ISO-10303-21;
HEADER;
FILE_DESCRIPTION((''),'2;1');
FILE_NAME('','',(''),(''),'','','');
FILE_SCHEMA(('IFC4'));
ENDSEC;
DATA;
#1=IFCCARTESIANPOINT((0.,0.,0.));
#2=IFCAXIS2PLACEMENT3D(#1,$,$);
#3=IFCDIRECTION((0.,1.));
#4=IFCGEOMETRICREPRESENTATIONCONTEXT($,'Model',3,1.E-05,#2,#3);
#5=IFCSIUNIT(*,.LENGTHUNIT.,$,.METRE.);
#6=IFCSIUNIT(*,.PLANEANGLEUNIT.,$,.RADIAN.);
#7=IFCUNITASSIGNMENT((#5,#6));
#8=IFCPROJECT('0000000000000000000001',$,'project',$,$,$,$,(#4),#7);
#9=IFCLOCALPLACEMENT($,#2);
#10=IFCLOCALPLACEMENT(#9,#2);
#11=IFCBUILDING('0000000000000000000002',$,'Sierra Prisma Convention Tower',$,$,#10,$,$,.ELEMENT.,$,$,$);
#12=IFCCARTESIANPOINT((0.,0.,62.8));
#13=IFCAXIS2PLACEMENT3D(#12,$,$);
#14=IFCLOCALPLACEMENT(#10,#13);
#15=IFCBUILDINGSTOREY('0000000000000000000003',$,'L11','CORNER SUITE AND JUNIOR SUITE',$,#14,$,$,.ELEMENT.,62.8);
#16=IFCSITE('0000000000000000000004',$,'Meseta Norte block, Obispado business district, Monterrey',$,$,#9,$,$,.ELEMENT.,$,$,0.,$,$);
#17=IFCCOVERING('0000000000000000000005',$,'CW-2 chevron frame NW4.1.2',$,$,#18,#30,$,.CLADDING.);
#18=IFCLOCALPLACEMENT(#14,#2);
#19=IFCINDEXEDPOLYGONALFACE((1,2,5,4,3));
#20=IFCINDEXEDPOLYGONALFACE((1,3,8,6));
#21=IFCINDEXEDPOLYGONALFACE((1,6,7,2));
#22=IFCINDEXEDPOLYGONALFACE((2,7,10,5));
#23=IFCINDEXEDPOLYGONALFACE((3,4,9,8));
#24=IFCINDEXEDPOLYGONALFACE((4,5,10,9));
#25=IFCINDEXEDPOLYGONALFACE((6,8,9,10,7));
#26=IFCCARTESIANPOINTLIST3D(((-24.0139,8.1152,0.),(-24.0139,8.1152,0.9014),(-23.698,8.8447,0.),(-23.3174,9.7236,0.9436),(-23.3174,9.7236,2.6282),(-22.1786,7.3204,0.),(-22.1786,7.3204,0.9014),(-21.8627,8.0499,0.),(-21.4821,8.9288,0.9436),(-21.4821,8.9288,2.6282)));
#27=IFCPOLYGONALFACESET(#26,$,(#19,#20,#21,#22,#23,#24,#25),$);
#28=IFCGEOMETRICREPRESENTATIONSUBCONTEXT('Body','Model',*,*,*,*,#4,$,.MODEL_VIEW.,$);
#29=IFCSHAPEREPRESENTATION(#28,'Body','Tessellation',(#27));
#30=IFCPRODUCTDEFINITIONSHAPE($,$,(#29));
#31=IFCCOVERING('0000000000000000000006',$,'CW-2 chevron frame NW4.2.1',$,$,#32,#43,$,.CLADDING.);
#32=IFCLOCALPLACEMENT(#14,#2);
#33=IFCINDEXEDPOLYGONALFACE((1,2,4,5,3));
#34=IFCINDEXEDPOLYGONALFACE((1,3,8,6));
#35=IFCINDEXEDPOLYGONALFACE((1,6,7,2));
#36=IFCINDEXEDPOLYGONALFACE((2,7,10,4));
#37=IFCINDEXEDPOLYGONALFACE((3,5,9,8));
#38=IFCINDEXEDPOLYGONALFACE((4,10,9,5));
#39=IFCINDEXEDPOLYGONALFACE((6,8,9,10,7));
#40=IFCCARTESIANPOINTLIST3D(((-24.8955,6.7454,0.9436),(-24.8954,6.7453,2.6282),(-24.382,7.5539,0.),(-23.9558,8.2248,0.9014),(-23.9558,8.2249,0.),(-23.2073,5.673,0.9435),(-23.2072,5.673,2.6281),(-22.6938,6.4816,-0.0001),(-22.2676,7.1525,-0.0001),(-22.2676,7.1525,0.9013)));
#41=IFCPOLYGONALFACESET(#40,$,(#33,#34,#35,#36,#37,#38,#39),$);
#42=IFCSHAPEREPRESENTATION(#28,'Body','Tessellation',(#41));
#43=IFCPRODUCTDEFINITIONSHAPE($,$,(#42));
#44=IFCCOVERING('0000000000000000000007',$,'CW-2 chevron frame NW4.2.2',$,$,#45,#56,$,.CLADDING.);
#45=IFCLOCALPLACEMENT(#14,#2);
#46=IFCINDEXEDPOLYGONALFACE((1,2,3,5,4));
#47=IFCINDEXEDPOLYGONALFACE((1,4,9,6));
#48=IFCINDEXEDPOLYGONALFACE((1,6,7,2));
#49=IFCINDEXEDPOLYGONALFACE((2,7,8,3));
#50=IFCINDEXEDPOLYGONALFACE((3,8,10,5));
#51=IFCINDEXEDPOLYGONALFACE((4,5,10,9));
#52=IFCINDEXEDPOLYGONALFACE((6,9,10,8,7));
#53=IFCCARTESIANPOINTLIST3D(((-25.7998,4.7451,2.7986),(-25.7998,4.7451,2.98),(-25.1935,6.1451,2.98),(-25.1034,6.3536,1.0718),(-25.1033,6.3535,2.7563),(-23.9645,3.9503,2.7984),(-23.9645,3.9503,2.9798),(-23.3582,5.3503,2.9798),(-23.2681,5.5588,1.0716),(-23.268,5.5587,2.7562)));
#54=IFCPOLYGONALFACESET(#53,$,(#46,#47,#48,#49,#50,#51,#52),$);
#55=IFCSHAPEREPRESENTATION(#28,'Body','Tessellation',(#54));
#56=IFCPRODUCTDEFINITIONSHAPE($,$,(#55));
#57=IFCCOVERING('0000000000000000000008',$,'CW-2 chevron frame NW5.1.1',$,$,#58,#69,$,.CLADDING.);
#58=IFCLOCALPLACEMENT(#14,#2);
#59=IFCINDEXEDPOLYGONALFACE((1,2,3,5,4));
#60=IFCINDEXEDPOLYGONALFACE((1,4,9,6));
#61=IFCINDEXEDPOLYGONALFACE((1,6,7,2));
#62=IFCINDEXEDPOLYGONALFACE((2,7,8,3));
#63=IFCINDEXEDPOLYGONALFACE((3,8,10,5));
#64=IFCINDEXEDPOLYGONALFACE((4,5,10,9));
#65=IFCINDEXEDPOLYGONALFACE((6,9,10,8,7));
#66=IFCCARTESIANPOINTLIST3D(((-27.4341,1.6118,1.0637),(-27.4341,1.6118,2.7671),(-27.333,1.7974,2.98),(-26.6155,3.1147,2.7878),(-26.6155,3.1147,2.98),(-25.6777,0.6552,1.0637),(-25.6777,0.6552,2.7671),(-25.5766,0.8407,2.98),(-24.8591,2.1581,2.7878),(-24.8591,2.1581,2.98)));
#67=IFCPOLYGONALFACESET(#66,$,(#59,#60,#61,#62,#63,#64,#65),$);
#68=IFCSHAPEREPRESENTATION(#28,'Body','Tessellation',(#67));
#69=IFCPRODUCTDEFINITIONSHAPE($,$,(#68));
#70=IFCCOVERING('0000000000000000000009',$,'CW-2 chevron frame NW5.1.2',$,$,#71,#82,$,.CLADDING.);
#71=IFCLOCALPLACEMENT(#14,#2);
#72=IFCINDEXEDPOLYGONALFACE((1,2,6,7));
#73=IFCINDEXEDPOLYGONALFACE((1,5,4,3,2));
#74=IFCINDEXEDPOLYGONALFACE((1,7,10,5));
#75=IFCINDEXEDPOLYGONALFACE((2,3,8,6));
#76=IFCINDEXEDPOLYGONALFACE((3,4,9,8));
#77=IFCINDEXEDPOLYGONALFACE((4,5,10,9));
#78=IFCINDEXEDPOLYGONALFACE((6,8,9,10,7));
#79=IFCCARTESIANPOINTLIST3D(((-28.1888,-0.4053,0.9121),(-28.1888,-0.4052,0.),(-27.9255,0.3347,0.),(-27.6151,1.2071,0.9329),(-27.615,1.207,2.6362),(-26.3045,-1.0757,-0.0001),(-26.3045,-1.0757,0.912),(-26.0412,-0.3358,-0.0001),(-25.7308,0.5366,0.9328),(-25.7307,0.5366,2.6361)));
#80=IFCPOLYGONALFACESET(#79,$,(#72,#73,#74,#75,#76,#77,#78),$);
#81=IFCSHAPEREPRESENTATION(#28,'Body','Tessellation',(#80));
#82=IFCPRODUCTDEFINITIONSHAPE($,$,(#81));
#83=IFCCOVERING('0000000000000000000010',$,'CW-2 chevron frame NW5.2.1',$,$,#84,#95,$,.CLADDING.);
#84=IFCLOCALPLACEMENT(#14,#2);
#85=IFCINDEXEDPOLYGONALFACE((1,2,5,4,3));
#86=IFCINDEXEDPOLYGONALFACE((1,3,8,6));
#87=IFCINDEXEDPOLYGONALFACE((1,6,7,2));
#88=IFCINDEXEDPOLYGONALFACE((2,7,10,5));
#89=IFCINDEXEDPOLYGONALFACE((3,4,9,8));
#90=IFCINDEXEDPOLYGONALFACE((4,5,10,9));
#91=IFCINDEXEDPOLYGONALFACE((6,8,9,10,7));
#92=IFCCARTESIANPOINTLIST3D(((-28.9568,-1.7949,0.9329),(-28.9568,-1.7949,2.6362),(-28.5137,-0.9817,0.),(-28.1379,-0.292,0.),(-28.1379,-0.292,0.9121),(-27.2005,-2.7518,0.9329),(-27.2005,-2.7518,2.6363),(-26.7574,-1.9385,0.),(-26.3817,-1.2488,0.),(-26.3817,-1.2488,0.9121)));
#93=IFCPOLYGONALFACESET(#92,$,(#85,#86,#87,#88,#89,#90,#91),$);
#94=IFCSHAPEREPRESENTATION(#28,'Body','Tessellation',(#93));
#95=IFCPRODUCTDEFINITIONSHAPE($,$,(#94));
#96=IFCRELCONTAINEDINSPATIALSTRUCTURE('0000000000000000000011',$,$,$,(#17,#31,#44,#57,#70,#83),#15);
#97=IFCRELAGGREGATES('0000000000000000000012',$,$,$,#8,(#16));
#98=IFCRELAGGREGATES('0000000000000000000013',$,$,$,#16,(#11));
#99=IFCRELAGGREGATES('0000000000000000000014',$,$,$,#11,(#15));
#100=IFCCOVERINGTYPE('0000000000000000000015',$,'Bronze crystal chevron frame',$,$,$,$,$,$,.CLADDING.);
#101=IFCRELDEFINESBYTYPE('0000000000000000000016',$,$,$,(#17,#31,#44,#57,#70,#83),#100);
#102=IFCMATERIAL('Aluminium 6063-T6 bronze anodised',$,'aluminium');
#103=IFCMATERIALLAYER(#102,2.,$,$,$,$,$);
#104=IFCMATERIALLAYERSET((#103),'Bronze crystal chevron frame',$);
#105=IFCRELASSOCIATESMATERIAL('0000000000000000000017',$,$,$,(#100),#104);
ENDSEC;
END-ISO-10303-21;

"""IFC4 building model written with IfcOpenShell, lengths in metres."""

from ifc_helpers import new_model, si_unit, direction, frame, origin, place, context, subcontext, project, spatial, polyline, outline, extrude, material, layer, layer_set, type_object, element, save


model = new_model("IFC4")

# Units and contexts
model_context = context("Model", 3, precision=1e-05, world=origin(), true_north=direction((0.0, 1.0)))
body_context = subcontext(model_context, "Body", "Model", "MODEL_VIEW")
ifc_project = project(units=[si_unit("LENGTHUNIT", "METRE"), si_unit("PLANEANGLEUNIT", "RADIAN")], contexts=[model_context])

# Site, building, storey
site_placement = place(None, origin())
site = spatial("IfcSite", under=ifc_project, at=site_placement, Name="Meseta Norte block, Obispado business district, Monterrey", CompositionType="ELEMENT", RefElevation=0.0)
building_placement = place(site_placement, origin())
building = spatial("IfcBuilding", under=site, at=building_placement, Name="Sierra Prisma Convention Tower", CompositionType="ELEMENT")
storey_placement = place(building_placement, frame((0.0, 0.0, 62.8)))
storey = spatial("IfcBuildingStorey", under=building, at=storey_placement, Name="L11", Description="CORNER SUITE AND JUNIOR SUITE", CompositionType="ELEMENT", Elevation=62.8)

# Coverings
ifc_material_1 = material(Name="Aluminium 6063-T6 bronze anodised", Category="aluminium")
ifc_layer_1 = layer(ifc_material_1, 2.0)
ifc_layer_set_1 = layer_set([ifc_layer_1], Name="Bronze crystal chevron frame")
covering_type = type_object("IfcCoveringType", Name="Bronze crystal chevron frame", PredefinedType="CLADDING", material=ifc_layer_set_1)
covering_1_placement = place(storey_placement, frame((-23.3174, 9.7236, 2.6282), z_axis=(-0.917647, 0.397397, -0.000001), x_axis=(0.000001, 0.0, -1.0)))
element("IfcCovering", 1, at=covering_1_placement, inside=storey, type_object=covering_type, Name="CW-2 chevron frame NW4.1.2", PredefinedType="CLADDING", context=body_context, shape_type="SweptSolid", body=[
    extrude(outline(polyline([(0.0, 0.0), (1.6846, 0.0), (2.6282, 0.9578), (2.6282, 1.7527), (1.7268, 1.7527), (0.0, 0.0)])), origin(), (0.0, 0.0, -1.0), 2.0),
])
covering_2_placement = place(storey_placement, frame((-23.9558, 8.2249, 0.0), z_axis=(-0.844114, 0.536164, 0.000042), x_axis=(-0.536164, -0.844114, 0.0)))
element("IfcCovering", 2, at=covering_2_placement, inside=storey, type_object=covering_type, Name="CW-2 chevron frame NW4.2.1", PredefinedType="CLADDING", context=body_context, shape_type="SweptSolid", body=[
    extrude(outline(polyline([(0.0, 0.0), (0.7949, 0.0), (1.7527, 0.9436), (1.7527, 2.6282), (0.0, 0.9014), (0.0, 0.0)])), origin(), (0.0, 0.0, -1.0), 2.0),
])
covering_3_placement = place(storey_placement, frame((-25.7998, 4.7451, 2.98), z_axis=(-0.917642, 0.397407, 0.000091), x_axis=(0.397407, 0.917642, 0.0)))
element("IfcCovering", 3, at=covering_3_placement, inside=storey, type_object=covering_type, Name="CW-2 chevron frame NW4.2.2", PredefinedType="CLADDING", context=body_context, shape_type="SweptSolid", body=[
    extrude(outline(polyline([(0.0, 0.0), (1.5256, 0.0), (1.7527, 0.2236), (1.7527, 1.9082), (0.0, 0.1814), (0.0, 0.0)])), origin(), (0.0, 0.0, -1.0), 2.0),
])
covering_4_placement = place(storey_placement, frame((-26.6155, 3.1147, 2.98), z_axis=(-0.878185, 0.478322, 0.000005), x_axis=(-0.000004, 0.000002, -1.0)))
element("IfcCovering", 4, at=covering_4_placement, inside=storey, type_object=covering_type, Name="CW-2 chevron frame NW5.1.1", PredefinedType="CLADDING", context=body_context, shape_type="SweptSolid", body=[
    extrude(outline(polyline([(0.0, 0.0), (0.1921, 0.0), (1.9163, 1.7114), (0.2129, 1.7114), (0.0, 1.5001), (0.0, 0.0)])), origin(), (0.0, 0.0, -1.0), 2.0),
])
covering_5_placement = place(storey_placement, frame((-27.615, 1.207, 2.6362), z_axis=(-0.942136, 0.33523, 0.000043), x_axis=(-0.00004, 0.000014, -1.0)))
element("IfcCovering", 5, at=covering_5_placement, inside=storey, type_object=covering_type, Name="CW-2 chevron frame NW5.1.2", PredefinedType="CLADDING", context=body_context, shape_type="SweptSolid", body=[
    extrude(outline(polyline([(0.0, 0.0), (1.7034, 0.0), (2.6362, 0.9259), (2.6362, 1.7113), (1.7241, 1.7113), (0.0, 0.0)])), origin(), (0.0, 0.0, -1.0), 2.0),
])
covering_6_placement = place(storey_placement, frame((-28.1379, -0.292, 0.0), z_axis=(-0.878127, 0.478427, -0.000011), x_axis=(-0.478427, -0.878127, 0.0)))
element("IfcCovering", 6, at=covering_6_placement, inside=storey, type_object=covering_type, Name="CW-2 chevron frame NW5.2.1", PredefinedType="CLADDING", context=body_context, shape_type="SweptSolid", body=[
    extrude(outline(polyline([(0.0, 0.0), (0.7854, 0.0), (1.7115, 0.9329), (1.7115, 2.6362), (0.0, 0.9121), (0.0, 0.0)])), origin(), (0.0, 0.0, -1.0), 2.0),
])

save(model, "model.ifc")
